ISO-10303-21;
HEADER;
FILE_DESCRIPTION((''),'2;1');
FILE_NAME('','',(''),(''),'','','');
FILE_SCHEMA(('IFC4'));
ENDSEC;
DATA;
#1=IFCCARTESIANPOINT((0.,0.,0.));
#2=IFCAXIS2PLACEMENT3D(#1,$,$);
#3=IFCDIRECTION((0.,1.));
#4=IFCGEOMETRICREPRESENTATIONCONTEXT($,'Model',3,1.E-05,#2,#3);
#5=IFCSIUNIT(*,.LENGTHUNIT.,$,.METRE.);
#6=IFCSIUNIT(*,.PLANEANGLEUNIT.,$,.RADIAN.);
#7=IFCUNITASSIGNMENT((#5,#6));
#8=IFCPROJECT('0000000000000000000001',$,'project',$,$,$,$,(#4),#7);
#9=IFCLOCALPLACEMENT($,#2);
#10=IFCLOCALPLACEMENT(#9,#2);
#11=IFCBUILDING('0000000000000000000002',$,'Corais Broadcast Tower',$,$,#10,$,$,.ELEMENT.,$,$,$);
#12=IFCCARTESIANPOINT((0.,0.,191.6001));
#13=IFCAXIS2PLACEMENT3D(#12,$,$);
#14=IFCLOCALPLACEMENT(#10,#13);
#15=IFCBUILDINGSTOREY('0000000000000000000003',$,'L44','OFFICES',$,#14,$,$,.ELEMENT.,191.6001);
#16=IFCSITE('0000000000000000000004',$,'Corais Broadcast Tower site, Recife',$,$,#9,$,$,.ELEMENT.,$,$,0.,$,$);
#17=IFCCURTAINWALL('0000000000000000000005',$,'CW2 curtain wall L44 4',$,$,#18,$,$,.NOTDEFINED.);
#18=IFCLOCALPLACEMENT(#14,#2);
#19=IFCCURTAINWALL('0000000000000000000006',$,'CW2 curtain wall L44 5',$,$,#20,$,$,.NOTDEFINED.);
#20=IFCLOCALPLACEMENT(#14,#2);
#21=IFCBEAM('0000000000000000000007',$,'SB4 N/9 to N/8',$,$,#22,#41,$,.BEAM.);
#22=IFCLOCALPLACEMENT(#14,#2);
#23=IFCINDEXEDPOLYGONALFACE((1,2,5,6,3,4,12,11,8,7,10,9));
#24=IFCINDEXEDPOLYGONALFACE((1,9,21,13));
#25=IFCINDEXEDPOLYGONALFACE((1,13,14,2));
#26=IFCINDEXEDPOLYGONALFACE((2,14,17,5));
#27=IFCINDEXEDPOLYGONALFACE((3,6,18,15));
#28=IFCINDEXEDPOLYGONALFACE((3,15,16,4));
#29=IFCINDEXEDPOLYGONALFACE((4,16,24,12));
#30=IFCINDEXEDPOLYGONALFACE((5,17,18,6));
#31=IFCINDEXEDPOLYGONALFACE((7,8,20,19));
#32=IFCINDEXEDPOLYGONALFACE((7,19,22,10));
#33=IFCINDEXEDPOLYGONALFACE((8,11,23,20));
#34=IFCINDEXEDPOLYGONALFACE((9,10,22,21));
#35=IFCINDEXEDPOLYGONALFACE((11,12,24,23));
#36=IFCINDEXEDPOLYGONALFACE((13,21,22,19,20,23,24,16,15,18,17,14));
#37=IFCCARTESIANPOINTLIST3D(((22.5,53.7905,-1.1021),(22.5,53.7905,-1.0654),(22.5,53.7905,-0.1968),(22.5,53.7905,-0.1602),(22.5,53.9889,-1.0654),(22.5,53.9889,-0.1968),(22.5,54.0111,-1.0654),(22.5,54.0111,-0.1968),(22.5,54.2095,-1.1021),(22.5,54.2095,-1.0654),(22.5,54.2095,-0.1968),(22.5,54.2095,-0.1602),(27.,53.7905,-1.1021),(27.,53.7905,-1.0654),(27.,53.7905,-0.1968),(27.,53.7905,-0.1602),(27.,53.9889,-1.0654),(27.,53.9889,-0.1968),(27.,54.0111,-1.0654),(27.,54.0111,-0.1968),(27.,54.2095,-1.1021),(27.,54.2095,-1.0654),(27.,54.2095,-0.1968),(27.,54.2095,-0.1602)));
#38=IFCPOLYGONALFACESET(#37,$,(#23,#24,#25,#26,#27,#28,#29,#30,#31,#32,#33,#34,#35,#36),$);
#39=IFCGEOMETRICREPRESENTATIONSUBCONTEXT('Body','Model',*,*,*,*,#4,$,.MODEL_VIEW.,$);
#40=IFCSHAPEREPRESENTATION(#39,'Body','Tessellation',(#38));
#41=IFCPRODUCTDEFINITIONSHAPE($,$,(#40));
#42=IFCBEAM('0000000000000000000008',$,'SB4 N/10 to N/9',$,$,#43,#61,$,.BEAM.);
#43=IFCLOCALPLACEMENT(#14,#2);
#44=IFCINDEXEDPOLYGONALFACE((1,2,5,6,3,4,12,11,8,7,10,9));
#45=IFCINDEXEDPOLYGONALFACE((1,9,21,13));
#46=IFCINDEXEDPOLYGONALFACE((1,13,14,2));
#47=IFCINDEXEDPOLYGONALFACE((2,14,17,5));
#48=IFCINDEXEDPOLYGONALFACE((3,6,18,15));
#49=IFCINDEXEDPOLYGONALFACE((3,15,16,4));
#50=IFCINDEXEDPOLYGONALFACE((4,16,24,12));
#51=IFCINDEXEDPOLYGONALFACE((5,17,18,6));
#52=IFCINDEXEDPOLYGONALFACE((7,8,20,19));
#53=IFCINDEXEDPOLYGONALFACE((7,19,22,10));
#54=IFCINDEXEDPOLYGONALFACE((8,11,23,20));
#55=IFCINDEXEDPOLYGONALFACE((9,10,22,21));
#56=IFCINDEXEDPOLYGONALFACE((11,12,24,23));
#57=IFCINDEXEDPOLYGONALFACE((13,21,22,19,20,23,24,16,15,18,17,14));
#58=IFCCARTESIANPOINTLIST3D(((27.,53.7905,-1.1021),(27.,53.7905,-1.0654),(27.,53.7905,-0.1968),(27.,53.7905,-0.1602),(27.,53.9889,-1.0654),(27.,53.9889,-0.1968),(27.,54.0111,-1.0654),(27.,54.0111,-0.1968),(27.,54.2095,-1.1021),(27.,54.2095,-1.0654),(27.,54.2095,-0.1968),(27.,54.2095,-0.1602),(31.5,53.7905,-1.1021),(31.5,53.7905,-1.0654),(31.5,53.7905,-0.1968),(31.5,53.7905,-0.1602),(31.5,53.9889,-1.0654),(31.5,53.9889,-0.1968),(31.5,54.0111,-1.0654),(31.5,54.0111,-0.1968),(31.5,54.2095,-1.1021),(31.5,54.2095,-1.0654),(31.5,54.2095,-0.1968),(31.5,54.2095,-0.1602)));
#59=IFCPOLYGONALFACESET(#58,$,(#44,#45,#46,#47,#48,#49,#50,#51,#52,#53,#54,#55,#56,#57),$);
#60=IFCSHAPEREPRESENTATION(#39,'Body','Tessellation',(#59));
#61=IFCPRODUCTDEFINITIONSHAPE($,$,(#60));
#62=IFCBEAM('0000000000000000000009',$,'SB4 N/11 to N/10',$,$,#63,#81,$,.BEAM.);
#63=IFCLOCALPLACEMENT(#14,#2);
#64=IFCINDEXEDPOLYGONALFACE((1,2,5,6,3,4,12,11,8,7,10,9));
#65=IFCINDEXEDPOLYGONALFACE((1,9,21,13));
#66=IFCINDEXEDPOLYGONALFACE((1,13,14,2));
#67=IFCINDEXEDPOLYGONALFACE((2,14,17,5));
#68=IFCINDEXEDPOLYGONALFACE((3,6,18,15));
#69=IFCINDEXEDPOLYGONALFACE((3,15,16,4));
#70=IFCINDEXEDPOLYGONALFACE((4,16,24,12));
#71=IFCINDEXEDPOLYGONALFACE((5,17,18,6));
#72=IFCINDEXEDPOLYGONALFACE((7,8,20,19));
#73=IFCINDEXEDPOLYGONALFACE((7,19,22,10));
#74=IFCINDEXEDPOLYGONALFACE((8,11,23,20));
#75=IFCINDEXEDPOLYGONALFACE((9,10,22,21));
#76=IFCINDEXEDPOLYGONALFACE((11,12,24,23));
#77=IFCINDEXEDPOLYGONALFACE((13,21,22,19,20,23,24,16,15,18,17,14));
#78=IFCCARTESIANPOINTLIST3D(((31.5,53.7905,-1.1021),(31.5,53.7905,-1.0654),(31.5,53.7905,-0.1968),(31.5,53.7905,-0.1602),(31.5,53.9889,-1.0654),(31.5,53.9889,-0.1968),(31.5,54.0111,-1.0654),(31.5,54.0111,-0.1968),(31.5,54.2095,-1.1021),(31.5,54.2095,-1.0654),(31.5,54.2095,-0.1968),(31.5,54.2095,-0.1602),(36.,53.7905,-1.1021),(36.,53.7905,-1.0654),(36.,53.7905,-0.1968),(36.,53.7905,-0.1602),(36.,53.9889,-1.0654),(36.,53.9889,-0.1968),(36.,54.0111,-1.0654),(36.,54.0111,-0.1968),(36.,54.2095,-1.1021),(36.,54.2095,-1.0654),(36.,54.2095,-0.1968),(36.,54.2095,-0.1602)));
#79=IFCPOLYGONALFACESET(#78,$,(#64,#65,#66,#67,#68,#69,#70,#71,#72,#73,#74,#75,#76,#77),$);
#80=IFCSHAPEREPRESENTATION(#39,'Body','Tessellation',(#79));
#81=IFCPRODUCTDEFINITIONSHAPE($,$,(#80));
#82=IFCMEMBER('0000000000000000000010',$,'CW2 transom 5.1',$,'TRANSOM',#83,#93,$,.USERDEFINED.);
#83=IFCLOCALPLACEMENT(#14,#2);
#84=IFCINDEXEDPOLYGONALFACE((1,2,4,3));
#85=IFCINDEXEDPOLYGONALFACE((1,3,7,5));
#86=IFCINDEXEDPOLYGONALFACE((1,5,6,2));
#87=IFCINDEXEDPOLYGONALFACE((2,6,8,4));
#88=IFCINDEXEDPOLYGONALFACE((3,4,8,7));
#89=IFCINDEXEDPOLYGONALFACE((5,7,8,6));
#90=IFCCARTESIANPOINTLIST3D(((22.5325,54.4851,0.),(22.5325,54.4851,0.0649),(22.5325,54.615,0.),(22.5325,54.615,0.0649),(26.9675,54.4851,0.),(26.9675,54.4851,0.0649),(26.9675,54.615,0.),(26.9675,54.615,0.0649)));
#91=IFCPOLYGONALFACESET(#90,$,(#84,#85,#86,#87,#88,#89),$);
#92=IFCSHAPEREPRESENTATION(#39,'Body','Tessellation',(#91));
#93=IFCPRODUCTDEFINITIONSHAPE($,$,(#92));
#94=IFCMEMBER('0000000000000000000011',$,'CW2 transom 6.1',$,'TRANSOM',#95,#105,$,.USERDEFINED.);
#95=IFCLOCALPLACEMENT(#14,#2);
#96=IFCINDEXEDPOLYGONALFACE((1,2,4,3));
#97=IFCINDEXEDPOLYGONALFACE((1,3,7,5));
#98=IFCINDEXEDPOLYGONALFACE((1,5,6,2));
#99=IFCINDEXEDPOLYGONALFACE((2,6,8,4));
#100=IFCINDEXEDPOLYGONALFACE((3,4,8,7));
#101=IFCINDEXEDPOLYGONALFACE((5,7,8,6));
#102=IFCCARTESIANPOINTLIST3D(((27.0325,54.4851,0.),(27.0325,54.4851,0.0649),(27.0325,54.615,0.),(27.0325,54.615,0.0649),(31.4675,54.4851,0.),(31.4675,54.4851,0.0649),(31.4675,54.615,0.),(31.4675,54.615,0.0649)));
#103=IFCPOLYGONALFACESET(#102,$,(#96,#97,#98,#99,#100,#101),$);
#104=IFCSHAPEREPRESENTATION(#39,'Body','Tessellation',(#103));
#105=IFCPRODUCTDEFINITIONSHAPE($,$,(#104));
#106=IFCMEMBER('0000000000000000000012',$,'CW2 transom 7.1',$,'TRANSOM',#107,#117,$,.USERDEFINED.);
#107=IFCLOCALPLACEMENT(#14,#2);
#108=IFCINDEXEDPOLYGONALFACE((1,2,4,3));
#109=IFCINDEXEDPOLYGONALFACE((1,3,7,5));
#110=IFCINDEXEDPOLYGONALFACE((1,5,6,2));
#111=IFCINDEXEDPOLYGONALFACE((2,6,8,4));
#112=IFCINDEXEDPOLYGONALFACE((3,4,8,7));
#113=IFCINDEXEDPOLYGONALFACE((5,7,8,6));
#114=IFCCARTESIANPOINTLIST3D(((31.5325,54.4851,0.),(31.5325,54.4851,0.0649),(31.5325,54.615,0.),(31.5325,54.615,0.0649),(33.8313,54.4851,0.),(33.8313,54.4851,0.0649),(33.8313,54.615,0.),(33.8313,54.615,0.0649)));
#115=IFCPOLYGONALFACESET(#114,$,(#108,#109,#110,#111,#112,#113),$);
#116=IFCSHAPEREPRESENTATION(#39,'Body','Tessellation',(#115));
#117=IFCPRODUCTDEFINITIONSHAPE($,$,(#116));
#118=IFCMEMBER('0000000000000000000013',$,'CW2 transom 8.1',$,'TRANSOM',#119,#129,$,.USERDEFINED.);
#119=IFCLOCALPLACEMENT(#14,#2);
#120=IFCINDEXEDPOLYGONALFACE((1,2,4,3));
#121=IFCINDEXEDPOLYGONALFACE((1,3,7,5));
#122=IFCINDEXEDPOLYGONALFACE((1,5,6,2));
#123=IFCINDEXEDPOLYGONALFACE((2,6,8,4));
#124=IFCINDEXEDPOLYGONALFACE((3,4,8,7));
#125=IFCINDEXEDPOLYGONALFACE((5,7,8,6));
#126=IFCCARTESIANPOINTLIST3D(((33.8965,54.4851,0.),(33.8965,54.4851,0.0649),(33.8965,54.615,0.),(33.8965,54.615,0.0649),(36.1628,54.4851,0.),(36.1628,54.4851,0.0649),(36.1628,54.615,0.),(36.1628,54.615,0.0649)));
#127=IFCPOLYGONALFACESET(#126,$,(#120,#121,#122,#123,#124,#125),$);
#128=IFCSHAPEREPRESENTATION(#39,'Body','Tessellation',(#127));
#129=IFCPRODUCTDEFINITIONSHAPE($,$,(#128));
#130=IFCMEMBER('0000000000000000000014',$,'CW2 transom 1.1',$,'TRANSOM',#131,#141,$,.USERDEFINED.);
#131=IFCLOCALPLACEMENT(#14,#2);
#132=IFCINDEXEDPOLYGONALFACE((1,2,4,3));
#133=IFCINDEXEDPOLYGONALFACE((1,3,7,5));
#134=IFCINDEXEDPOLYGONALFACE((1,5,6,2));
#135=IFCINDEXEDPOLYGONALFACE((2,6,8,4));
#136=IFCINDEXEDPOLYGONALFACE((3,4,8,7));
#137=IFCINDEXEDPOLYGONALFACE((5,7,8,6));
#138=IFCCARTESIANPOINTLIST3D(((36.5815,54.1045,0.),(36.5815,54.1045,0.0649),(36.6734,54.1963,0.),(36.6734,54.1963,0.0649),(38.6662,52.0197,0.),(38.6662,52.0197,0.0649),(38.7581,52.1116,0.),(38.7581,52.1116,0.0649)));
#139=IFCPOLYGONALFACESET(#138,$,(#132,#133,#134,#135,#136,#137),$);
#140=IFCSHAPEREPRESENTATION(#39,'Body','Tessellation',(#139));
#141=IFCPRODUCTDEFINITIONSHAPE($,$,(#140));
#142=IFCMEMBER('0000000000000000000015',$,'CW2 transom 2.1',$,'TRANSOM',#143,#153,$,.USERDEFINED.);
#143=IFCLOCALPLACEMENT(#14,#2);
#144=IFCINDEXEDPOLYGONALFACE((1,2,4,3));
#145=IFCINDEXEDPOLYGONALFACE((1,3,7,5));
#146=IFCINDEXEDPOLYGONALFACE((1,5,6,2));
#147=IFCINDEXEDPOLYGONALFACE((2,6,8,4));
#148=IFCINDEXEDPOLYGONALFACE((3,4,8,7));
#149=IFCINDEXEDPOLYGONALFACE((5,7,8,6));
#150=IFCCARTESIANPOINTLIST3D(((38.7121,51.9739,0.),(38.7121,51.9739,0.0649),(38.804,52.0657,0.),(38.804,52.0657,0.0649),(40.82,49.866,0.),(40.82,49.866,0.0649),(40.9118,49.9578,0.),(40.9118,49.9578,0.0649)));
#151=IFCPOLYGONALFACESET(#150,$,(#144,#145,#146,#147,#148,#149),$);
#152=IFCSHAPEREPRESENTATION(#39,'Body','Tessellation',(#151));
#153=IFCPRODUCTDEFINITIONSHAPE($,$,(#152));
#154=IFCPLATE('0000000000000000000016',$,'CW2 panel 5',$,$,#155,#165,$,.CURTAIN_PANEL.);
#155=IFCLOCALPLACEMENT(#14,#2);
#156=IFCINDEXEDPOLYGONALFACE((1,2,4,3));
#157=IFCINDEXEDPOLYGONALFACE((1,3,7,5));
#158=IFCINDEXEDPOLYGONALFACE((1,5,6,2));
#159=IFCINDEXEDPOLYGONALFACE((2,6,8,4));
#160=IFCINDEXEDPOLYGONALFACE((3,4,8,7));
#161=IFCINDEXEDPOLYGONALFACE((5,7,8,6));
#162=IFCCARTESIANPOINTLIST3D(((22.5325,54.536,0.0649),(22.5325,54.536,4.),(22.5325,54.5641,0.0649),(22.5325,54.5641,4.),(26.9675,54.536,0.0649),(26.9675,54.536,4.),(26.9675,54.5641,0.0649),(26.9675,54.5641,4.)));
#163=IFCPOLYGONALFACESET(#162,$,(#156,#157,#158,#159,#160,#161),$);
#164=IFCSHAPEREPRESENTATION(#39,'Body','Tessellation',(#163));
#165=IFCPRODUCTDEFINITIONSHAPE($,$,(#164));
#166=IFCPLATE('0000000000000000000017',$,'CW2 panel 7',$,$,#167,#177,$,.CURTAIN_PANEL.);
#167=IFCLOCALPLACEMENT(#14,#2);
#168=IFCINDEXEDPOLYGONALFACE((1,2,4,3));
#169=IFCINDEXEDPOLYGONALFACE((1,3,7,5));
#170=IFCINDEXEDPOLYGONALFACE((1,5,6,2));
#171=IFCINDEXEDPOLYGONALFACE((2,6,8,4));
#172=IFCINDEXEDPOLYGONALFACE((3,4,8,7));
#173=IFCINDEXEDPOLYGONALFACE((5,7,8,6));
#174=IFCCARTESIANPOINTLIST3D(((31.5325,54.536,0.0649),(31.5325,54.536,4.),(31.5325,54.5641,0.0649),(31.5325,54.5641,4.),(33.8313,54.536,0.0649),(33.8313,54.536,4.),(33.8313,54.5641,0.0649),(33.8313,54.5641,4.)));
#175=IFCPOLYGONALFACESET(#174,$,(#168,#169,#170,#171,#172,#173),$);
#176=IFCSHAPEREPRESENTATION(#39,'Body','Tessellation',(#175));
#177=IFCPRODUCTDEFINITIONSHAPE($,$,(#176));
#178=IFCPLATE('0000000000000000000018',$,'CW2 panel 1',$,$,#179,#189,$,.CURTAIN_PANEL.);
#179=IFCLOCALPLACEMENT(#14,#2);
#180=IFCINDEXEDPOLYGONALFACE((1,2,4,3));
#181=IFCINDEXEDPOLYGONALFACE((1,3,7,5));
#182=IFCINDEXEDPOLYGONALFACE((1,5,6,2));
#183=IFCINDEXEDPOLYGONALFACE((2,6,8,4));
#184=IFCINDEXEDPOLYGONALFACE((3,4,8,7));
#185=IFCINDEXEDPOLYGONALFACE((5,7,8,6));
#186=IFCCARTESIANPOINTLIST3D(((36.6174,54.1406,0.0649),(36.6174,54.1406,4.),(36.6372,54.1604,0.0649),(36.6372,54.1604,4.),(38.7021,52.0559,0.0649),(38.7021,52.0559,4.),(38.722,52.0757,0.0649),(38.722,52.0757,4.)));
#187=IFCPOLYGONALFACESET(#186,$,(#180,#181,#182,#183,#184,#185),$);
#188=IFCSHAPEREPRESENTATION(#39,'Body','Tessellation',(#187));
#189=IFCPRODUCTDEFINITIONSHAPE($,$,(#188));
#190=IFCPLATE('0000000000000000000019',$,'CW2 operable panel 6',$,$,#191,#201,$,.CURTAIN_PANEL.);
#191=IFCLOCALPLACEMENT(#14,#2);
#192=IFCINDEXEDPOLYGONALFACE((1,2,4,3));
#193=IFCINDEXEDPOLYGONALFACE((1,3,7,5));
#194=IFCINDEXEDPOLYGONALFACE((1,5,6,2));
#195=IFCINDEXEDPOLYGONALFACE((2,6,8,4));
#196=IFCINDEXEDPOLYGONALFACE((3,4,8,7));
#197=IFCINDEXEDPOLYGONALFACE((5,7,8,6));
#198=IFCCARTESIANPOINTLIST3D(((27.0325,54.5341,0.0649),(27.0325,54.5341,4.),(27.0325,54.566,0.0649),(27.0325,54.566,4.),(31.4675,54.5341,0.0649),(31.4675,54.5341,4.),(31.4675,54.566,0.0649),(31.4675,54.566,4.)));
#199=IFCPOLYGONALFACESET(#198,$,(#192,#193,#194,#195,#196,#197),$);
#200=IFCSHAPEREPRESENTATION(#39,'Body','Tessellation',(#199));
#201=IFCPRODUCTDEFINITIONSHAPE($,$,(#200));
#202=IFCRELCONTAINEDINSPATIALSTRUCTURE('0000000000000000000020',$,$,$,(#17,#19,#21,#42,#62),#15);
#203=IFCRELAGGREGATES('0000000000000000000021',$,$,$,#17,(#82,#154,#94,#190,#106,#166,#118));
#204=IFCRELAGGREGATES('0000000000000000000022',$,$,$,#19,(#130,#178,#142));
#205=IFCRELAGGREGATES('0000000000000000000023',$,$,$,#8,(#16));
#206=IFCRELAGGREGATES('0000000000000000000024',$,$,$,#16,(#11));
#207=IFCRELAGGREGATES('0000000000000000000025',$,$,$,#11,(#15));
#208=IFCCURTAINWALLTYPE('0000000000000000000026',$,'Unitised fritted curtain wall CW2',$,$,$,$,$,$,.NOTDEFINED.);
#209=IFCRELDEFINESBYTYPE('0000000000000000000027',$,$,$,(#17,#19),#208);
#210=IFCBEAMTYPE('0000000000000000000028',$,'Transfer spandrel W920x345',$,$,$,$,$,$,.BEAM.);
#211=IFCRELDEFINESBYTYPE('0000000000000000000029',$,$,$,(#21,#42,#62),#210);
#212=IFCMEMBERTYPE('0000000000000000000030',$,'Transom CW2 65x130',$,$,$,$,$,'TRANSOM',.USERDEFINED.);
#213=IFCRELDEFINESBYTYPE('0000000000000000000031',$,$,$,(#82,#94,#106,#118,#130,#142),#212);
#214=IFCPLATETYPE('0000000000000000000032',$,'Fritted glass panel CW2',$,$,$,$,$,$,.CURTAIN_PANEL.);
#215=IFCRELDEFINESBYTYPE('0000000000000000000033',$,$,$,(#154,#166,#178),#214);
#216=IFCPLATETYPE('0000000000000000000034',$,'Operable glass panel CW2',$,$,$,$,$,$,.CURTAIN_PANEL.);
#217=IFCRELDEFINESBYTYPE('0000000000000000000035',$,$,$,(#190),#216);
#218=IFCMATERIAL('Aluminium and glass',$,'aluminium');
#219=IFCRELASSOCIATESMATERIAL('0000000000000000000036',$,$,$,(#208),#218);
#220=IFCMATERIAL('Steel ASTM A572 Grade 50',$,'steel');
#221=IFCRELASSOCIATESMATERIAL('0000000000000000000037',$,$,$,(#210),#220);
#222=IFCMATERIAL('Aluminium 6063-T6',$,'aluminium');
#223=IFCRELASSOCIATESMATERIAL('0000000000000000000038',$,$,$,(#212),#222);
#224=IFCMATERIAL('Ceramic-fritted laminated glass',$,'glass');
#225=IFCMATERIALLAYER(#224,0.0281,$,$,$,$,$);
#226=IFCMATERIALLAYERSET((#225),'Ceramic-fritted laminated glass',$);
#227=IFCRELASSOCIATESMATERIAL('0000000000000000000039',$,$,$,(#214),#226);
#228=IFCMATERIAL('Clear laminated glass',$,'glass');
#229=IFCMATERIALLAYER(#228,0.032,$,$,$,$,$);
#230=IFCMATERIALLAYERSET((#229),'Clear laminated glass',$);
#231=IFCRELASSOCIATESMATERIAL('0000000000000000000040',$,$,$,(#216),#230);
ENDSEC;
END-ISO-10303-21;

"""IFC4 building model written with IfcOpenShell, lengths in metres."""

from ifc_helpers import new_model, si_unit, direction, frame, origin, origin_2d, place, context, subcontext, project, spatial, rectangle, i_section, extrude, material, layer, layer_set, material_profile, profile_set, type_object, element, aggregate, save


model = new_model("IFC4")

# Units and contexts
model_context = context("Model", 3, precision=1e-05, world=origin(), true_north=direction((0.0, 1.0)))
body_context = subcontext(model_context, "Body", "Model", "MODEL_VIEW")
ifc_project = project(units=[si_unit("LENGTHUNIT", "METRE"), si_unit("PLANEANGLEUNIT", "RADIAN")], contexts=[model_context])

# Site, building, storey
site_placement = place(None, origin())
site = spatial("IfcSite", under=ifc_project, at=site_placement, Name="Corais Broadcast Tower site, Recife", CompositionType="ELEMENT", RefElevation=0.0)
building_placement = place(site_placement, origin())
building = spatial("IfcBuilding", under=site, at=building_placement, Name="Corais Broadcast Tower", CompositionType="ELEMENT")
storey_placement = place(building_placement, frame((0.0, 0.0, 191.6001)))
storey = spatial("IfcBuildingStorey", under=building, at=storey_placement, Name="L44", Description="OFFICES", CompositionType="ELEMENT", Elevation=191.6001)

# Curtain walls
ifc_material_1 = material(Name="Aluminium and glass", Category="aluminium")
curtain_wall_type = type_object("IfcCurtainWallType", Name="Unitised fritted curtain wall CW2", PredefinedType="NOTDEFINED", material=ifc_material_1)
curtain_wall_1_placement = place(storey_placement, origin())
curtain_wall_1 = element("IfcCurtainWall", 1, at=curtain_wall_1_placement, inside=storey, type_object=curtain_wall_type, Name="CW2 curtain wall L44 4", PredefinedType="NOTDEFINED")
curtain_wall_2_placement = place(storey_placement, origin())
curtain_wall_2 = element("IfcCurtainWall", 2, at=curtain_wall_2_placement, inside=storey, type_object=curtain_wall_type, Name="CW2 curtain wall L44 5", PredefinedType="NOTDEFINED")

# Beams
ifc_material_2 = material(Name="Steel ASTM A572 Grade 50", Category="steel")
ifc_material_profile_1 = material_profile(ifc_material_2, i_section(OverallWidth=0.4189, OverallDepth=0.9419, WebThickness=0.0222, FlangeThickness=0.0366, at=origin_2d()), Name="W920x345")
ifc_profile_set_1 = profile_set([ifc_material_profile_1], Name="Steel ASTM A572 Grade 50")
beam_type_1 = type_object("IfcBeamType", Name="Transfer spandrel W920x345", PredefinedType="BEAM", material=ifc_profile_set_1)
for number, where, z_axis, x_axis, name in (
    (3, (27.0, 54.0, -0.6311), (-1.0, 0.0, 0.0), (0.0, -1.0, 0.0), "SB4 N/9 to N/8"),
    (4, (31.5, 54.0, -0.6311), (-1.0, 0.0, 0.0), (0.0, -1.0, 0.0), "SB4 N/10 to N/9"),
    (5, (36.0, 54.0, -0.6311), (-1.0, 0.0, 0.0), (0.0, -1.0, 0.0), "SB4 N/11 to N/10"),
):
    element("IfcBeam", number, at=place(storey_placement, frame(where, z_axis=z_axis, x_axis=x_axis)), inside=storey, type_object=beam_type_1, Name=name, PredefinedType="BEAM", context=body_context, shape_type="SweptSolid", body=[
        extrude(i_section(OverallWidth=0.4189, OverallDepth=0.9419, WebThickness=0.0222, FlangeThickness=0.0366, at=origin_2d()), origin(), (0.0, 0.0, 1.0), 4.5),
    ])

# Members
ifc_material_3 = material(Name="Aluminium 6063-T6", Category="aluminium")
ifc_material_profile_2 = material_profile(ifc_material_3, rectangle(XDim=0.1299, YDim=0.0649, at=origin_2d()), Name="Transom CW2 65x130")
ifc_profile_set_2 = profile_set([ifc_material_profile_2], Name="Aluminium 6063-T6")
member_type_1 = type_object("IfcMemberType", Name="Transom CW2 65x130", ElementType="TRANSOM", PredefinedType="USERDEFINED", material=ifc_profile_set_2)
member_1_placement = place(storey_placement, frame((22.5325, 54.55, 0.0325), z_axis=(1.0, 0.0, 0.0), x_axis=(0.0, 1.0, 0.0)))
member_1 = element("IfcMember", 6, at=member_1_placement, type_object=member_type_1, Name="CW2 transom 5.1", ObjectType="TRANSOM", PredefinedType="USERDEFINED", context=body_context, shape_type="SweptSolid", body=[
    extrude(rectangle(XDim=0.1299, YDim=0.0649, at=origin_2d()), origin(), (0.0, 0.0, 1.0), 4.4351),
])
member_2_placement = place(storey_placement, frame((27.0325, 54.55, 0.0325), z_axis=(1.0, 0.0, 0.0), x_axis=(0.0, 1.0, 0.0)))
member_2 = element("IfcMember", 7, at=member_2_placement, type_object=member_type_1, Name="CW2 transom 6.1", ObjectType="TRANSOM", PredefinedType="USERDEFINED", context=body_context, shape_type="SweptSolid", body=[
    extrude(rectangle(XDim=0.1299, YDim=0.0649, at=origin_2d()), origin(), (0.0, 0.0, 1.0), 4.4351),
])
member_3_placement = place(storey_placement, frame((31.5325, 54.55, 0.0325), z_axis=(1.0, 0.0, 0.0), x_axis=(0.0, 1.0, 0.0)))
member_3 = element("IfcMember", 8, at=member_3_placement, type_object=member_type_1, Name="CW2 transom 7.1", ObjectType="TRANSOM", PredefinedType="USERDEFINED", context=body_context, shape_type="SweptSolid", body=[
    extrude(rectangle(XDim=0.1299, YDim=0.0649, at=origin_2d()), origin(), (0.0, 0.0, 1.0), 2.2988),
])
member_4_placement = place(storey_placement, frame((33.8965, 54.55, 0.0325), z_axis=(1.0, 0.0, 0.0), x_axis=(0.0, 1.0, 0.0)))
member_4 = element("IfcMember", 9, at=member_4_placement, type_object=member_type_1, Name="CW2 transom 8.1", ObjectType="TRANSOM", PredefinedType="USERDEFINED", context=body_context, shape_type="SweptSolid", body=[
    extrude(rectangle(XDim=0.1299, YDim=0.0649, at=origin_2d()), origin(), (0.0, 0.0, 1.0), 2.2664),
])
member_5_placement = place(storey_placement, frame((36.6274, 54.1504, 0.0325), z_axis=(0.707107, -0.707107, 0.0), x_axis=(0.707107, 0.707107, 0.0)))
member_5 = element("IfcMember", 10, at=member_5_placement, type_object=member_type_1, Name="CW2 transom 1.1", ObjectType="TRANSOM", PredefinedType="USERDEFINED", context=body_context, shape_type="SweptSolid", body=[
    extrude(rectangle(XDim=0.1299, YDim=0.0649, at=origin_2d()), origin(), (0.0, 0.0, 1.0), 2.9482),
])
member_6_placement = place(storey_placement, frame((38.7581, 52.0198, 0.0325), z_axis=(0.707107, -0.707107, 0.0), x_axis=(0.707107, 0.707107, 0.0)))
member_6 = element("IfcMember", 11, at=member_6_placement, type_object=member_type_1, Name="CW2 transom 2.1", ObjectType="TRANSOM", PredefinedType="USERDEFINED", context=body_context, shape_type="SweptSolid", body=[
    extrude(rectangle(XDim=0.1299, YDim=0.0649, at=origin_2d()), origin(), (0.0, 0.0, 1.0), 2.981),
])

# Plates
ifc_material_4 = material(Name="Ceramic-fritted laminated glass", Category="glass")
ifc_layer_1 = layer(ifc_material_4, 0.0281)
ifc_layer_set_1 = layer_set([ifc_layer_1], Name="Ceramic-fritted laminated glass")
plate_type_1 = type_object("IfcPlateType", Name="Fritted glass panel CW2", PredefinedType="CURTAIN_PANEL", material=ifc_layer_set_1)
plate_1_placement = place(storey_placement, frame((24.75, 54.55, 0.0649), z_axis=(0.0, 0.0, 1.0), x_axis=(1.0, 0.0, 0.0)))
plate_1 = element("IfcPlate", 12, at=plate_1_placement, type_object=plate_type_1, Name="CW2 panel 5", PredefinedType="CURTAIN_PANEL", context=body_context, shape_type="SweptSolid", body=[
    extrude(rectangle(XDim=4.4351, YDim=0.0281, at=origin_2d()), origin(), (0.0, 0.0, 1.0), 3.9351),
])
plate_2_placement = place(storey_placement, frame((32.6819, 54.55, 0.0649), z_axis=(0.0, 0.0, 1.0), x_axis=(1.0, 0.0, 0.0)))
plate_2 = element("IfcPlate", 13, at=plate_2_placement, type_object=plate_type_1, Name="CW2 panel 7", PredefinedType="CURTAIN_PANEL", context=body_context, shape_type="SweptSolid", body=[
    extrude(rectangle(XDim=2.2988, YDim=0.0281, at=origin_2d()), origin(), (0.0, 0.0, 1.0), 3.9351),
])
plate_3_placement = place(storey_placement, frame((37.6697, 53.1082, 0.0649), z_axis=(0.0, 0.0, 1.0), x_axis=(0.707107, -0.707107, 0.0)))
plate_3 = element("IfcPlate", 14, at=plate_3_placement, type_object=plate_type_1, Name="CW2 panel 1", PredefinedType="CURTAIN_PANEL", context=body_context, shape_type="SweptSolid", body=[
    extrude(rectangle(XDim=2.9482, YDim=0.0281, at=origin_2d()), origin(), (0.0, 0.0, 1.0), 3.9351),
])
ifc_material_5 = material(Name="Clear laminated glass", Category="glass")
ifc_layer_2 = layer(ifc_material_5, 0.032)
ifc_layer_set_2 = layer_set([ifc_layer_2], Name="Clear laminated glass")
plate_type_2 = type_object("IfcPlateType", Name="Operable glass panel CW2", PredefinedType="CURTAIN_PANEL", material=ifc_layer_set_2)
plate_4_placement = place(storey_placement, frame((29.25, 54.55, 0.0649), z_axis=(0.0, 0.0, 1.0), x_axis=(1.0, 0.0, 0.0)))
plate_4 = element("IfcPlate", 15, at=plate_4_placement, type_object=plate_type_2, Name="CW2 operable panel 6", PredefinedType="CURTAIN_PANEL", context=body_context, shape_type="SweptSolid", body=[
    extrude(rectangle(XDim=4.4351, YDim=0.032, at=origin_2d()), origin(), (0.0, 0.0, 1.0), 3.9351),
])
aggregate(curtain_wall_1, [member_1, plate_1, member_2, plate_4, member_3, plate_2, member_4])
aggregate(curtain_wall_2, [member_5, plate_3, member_6])

save(model, "model.ifc")
